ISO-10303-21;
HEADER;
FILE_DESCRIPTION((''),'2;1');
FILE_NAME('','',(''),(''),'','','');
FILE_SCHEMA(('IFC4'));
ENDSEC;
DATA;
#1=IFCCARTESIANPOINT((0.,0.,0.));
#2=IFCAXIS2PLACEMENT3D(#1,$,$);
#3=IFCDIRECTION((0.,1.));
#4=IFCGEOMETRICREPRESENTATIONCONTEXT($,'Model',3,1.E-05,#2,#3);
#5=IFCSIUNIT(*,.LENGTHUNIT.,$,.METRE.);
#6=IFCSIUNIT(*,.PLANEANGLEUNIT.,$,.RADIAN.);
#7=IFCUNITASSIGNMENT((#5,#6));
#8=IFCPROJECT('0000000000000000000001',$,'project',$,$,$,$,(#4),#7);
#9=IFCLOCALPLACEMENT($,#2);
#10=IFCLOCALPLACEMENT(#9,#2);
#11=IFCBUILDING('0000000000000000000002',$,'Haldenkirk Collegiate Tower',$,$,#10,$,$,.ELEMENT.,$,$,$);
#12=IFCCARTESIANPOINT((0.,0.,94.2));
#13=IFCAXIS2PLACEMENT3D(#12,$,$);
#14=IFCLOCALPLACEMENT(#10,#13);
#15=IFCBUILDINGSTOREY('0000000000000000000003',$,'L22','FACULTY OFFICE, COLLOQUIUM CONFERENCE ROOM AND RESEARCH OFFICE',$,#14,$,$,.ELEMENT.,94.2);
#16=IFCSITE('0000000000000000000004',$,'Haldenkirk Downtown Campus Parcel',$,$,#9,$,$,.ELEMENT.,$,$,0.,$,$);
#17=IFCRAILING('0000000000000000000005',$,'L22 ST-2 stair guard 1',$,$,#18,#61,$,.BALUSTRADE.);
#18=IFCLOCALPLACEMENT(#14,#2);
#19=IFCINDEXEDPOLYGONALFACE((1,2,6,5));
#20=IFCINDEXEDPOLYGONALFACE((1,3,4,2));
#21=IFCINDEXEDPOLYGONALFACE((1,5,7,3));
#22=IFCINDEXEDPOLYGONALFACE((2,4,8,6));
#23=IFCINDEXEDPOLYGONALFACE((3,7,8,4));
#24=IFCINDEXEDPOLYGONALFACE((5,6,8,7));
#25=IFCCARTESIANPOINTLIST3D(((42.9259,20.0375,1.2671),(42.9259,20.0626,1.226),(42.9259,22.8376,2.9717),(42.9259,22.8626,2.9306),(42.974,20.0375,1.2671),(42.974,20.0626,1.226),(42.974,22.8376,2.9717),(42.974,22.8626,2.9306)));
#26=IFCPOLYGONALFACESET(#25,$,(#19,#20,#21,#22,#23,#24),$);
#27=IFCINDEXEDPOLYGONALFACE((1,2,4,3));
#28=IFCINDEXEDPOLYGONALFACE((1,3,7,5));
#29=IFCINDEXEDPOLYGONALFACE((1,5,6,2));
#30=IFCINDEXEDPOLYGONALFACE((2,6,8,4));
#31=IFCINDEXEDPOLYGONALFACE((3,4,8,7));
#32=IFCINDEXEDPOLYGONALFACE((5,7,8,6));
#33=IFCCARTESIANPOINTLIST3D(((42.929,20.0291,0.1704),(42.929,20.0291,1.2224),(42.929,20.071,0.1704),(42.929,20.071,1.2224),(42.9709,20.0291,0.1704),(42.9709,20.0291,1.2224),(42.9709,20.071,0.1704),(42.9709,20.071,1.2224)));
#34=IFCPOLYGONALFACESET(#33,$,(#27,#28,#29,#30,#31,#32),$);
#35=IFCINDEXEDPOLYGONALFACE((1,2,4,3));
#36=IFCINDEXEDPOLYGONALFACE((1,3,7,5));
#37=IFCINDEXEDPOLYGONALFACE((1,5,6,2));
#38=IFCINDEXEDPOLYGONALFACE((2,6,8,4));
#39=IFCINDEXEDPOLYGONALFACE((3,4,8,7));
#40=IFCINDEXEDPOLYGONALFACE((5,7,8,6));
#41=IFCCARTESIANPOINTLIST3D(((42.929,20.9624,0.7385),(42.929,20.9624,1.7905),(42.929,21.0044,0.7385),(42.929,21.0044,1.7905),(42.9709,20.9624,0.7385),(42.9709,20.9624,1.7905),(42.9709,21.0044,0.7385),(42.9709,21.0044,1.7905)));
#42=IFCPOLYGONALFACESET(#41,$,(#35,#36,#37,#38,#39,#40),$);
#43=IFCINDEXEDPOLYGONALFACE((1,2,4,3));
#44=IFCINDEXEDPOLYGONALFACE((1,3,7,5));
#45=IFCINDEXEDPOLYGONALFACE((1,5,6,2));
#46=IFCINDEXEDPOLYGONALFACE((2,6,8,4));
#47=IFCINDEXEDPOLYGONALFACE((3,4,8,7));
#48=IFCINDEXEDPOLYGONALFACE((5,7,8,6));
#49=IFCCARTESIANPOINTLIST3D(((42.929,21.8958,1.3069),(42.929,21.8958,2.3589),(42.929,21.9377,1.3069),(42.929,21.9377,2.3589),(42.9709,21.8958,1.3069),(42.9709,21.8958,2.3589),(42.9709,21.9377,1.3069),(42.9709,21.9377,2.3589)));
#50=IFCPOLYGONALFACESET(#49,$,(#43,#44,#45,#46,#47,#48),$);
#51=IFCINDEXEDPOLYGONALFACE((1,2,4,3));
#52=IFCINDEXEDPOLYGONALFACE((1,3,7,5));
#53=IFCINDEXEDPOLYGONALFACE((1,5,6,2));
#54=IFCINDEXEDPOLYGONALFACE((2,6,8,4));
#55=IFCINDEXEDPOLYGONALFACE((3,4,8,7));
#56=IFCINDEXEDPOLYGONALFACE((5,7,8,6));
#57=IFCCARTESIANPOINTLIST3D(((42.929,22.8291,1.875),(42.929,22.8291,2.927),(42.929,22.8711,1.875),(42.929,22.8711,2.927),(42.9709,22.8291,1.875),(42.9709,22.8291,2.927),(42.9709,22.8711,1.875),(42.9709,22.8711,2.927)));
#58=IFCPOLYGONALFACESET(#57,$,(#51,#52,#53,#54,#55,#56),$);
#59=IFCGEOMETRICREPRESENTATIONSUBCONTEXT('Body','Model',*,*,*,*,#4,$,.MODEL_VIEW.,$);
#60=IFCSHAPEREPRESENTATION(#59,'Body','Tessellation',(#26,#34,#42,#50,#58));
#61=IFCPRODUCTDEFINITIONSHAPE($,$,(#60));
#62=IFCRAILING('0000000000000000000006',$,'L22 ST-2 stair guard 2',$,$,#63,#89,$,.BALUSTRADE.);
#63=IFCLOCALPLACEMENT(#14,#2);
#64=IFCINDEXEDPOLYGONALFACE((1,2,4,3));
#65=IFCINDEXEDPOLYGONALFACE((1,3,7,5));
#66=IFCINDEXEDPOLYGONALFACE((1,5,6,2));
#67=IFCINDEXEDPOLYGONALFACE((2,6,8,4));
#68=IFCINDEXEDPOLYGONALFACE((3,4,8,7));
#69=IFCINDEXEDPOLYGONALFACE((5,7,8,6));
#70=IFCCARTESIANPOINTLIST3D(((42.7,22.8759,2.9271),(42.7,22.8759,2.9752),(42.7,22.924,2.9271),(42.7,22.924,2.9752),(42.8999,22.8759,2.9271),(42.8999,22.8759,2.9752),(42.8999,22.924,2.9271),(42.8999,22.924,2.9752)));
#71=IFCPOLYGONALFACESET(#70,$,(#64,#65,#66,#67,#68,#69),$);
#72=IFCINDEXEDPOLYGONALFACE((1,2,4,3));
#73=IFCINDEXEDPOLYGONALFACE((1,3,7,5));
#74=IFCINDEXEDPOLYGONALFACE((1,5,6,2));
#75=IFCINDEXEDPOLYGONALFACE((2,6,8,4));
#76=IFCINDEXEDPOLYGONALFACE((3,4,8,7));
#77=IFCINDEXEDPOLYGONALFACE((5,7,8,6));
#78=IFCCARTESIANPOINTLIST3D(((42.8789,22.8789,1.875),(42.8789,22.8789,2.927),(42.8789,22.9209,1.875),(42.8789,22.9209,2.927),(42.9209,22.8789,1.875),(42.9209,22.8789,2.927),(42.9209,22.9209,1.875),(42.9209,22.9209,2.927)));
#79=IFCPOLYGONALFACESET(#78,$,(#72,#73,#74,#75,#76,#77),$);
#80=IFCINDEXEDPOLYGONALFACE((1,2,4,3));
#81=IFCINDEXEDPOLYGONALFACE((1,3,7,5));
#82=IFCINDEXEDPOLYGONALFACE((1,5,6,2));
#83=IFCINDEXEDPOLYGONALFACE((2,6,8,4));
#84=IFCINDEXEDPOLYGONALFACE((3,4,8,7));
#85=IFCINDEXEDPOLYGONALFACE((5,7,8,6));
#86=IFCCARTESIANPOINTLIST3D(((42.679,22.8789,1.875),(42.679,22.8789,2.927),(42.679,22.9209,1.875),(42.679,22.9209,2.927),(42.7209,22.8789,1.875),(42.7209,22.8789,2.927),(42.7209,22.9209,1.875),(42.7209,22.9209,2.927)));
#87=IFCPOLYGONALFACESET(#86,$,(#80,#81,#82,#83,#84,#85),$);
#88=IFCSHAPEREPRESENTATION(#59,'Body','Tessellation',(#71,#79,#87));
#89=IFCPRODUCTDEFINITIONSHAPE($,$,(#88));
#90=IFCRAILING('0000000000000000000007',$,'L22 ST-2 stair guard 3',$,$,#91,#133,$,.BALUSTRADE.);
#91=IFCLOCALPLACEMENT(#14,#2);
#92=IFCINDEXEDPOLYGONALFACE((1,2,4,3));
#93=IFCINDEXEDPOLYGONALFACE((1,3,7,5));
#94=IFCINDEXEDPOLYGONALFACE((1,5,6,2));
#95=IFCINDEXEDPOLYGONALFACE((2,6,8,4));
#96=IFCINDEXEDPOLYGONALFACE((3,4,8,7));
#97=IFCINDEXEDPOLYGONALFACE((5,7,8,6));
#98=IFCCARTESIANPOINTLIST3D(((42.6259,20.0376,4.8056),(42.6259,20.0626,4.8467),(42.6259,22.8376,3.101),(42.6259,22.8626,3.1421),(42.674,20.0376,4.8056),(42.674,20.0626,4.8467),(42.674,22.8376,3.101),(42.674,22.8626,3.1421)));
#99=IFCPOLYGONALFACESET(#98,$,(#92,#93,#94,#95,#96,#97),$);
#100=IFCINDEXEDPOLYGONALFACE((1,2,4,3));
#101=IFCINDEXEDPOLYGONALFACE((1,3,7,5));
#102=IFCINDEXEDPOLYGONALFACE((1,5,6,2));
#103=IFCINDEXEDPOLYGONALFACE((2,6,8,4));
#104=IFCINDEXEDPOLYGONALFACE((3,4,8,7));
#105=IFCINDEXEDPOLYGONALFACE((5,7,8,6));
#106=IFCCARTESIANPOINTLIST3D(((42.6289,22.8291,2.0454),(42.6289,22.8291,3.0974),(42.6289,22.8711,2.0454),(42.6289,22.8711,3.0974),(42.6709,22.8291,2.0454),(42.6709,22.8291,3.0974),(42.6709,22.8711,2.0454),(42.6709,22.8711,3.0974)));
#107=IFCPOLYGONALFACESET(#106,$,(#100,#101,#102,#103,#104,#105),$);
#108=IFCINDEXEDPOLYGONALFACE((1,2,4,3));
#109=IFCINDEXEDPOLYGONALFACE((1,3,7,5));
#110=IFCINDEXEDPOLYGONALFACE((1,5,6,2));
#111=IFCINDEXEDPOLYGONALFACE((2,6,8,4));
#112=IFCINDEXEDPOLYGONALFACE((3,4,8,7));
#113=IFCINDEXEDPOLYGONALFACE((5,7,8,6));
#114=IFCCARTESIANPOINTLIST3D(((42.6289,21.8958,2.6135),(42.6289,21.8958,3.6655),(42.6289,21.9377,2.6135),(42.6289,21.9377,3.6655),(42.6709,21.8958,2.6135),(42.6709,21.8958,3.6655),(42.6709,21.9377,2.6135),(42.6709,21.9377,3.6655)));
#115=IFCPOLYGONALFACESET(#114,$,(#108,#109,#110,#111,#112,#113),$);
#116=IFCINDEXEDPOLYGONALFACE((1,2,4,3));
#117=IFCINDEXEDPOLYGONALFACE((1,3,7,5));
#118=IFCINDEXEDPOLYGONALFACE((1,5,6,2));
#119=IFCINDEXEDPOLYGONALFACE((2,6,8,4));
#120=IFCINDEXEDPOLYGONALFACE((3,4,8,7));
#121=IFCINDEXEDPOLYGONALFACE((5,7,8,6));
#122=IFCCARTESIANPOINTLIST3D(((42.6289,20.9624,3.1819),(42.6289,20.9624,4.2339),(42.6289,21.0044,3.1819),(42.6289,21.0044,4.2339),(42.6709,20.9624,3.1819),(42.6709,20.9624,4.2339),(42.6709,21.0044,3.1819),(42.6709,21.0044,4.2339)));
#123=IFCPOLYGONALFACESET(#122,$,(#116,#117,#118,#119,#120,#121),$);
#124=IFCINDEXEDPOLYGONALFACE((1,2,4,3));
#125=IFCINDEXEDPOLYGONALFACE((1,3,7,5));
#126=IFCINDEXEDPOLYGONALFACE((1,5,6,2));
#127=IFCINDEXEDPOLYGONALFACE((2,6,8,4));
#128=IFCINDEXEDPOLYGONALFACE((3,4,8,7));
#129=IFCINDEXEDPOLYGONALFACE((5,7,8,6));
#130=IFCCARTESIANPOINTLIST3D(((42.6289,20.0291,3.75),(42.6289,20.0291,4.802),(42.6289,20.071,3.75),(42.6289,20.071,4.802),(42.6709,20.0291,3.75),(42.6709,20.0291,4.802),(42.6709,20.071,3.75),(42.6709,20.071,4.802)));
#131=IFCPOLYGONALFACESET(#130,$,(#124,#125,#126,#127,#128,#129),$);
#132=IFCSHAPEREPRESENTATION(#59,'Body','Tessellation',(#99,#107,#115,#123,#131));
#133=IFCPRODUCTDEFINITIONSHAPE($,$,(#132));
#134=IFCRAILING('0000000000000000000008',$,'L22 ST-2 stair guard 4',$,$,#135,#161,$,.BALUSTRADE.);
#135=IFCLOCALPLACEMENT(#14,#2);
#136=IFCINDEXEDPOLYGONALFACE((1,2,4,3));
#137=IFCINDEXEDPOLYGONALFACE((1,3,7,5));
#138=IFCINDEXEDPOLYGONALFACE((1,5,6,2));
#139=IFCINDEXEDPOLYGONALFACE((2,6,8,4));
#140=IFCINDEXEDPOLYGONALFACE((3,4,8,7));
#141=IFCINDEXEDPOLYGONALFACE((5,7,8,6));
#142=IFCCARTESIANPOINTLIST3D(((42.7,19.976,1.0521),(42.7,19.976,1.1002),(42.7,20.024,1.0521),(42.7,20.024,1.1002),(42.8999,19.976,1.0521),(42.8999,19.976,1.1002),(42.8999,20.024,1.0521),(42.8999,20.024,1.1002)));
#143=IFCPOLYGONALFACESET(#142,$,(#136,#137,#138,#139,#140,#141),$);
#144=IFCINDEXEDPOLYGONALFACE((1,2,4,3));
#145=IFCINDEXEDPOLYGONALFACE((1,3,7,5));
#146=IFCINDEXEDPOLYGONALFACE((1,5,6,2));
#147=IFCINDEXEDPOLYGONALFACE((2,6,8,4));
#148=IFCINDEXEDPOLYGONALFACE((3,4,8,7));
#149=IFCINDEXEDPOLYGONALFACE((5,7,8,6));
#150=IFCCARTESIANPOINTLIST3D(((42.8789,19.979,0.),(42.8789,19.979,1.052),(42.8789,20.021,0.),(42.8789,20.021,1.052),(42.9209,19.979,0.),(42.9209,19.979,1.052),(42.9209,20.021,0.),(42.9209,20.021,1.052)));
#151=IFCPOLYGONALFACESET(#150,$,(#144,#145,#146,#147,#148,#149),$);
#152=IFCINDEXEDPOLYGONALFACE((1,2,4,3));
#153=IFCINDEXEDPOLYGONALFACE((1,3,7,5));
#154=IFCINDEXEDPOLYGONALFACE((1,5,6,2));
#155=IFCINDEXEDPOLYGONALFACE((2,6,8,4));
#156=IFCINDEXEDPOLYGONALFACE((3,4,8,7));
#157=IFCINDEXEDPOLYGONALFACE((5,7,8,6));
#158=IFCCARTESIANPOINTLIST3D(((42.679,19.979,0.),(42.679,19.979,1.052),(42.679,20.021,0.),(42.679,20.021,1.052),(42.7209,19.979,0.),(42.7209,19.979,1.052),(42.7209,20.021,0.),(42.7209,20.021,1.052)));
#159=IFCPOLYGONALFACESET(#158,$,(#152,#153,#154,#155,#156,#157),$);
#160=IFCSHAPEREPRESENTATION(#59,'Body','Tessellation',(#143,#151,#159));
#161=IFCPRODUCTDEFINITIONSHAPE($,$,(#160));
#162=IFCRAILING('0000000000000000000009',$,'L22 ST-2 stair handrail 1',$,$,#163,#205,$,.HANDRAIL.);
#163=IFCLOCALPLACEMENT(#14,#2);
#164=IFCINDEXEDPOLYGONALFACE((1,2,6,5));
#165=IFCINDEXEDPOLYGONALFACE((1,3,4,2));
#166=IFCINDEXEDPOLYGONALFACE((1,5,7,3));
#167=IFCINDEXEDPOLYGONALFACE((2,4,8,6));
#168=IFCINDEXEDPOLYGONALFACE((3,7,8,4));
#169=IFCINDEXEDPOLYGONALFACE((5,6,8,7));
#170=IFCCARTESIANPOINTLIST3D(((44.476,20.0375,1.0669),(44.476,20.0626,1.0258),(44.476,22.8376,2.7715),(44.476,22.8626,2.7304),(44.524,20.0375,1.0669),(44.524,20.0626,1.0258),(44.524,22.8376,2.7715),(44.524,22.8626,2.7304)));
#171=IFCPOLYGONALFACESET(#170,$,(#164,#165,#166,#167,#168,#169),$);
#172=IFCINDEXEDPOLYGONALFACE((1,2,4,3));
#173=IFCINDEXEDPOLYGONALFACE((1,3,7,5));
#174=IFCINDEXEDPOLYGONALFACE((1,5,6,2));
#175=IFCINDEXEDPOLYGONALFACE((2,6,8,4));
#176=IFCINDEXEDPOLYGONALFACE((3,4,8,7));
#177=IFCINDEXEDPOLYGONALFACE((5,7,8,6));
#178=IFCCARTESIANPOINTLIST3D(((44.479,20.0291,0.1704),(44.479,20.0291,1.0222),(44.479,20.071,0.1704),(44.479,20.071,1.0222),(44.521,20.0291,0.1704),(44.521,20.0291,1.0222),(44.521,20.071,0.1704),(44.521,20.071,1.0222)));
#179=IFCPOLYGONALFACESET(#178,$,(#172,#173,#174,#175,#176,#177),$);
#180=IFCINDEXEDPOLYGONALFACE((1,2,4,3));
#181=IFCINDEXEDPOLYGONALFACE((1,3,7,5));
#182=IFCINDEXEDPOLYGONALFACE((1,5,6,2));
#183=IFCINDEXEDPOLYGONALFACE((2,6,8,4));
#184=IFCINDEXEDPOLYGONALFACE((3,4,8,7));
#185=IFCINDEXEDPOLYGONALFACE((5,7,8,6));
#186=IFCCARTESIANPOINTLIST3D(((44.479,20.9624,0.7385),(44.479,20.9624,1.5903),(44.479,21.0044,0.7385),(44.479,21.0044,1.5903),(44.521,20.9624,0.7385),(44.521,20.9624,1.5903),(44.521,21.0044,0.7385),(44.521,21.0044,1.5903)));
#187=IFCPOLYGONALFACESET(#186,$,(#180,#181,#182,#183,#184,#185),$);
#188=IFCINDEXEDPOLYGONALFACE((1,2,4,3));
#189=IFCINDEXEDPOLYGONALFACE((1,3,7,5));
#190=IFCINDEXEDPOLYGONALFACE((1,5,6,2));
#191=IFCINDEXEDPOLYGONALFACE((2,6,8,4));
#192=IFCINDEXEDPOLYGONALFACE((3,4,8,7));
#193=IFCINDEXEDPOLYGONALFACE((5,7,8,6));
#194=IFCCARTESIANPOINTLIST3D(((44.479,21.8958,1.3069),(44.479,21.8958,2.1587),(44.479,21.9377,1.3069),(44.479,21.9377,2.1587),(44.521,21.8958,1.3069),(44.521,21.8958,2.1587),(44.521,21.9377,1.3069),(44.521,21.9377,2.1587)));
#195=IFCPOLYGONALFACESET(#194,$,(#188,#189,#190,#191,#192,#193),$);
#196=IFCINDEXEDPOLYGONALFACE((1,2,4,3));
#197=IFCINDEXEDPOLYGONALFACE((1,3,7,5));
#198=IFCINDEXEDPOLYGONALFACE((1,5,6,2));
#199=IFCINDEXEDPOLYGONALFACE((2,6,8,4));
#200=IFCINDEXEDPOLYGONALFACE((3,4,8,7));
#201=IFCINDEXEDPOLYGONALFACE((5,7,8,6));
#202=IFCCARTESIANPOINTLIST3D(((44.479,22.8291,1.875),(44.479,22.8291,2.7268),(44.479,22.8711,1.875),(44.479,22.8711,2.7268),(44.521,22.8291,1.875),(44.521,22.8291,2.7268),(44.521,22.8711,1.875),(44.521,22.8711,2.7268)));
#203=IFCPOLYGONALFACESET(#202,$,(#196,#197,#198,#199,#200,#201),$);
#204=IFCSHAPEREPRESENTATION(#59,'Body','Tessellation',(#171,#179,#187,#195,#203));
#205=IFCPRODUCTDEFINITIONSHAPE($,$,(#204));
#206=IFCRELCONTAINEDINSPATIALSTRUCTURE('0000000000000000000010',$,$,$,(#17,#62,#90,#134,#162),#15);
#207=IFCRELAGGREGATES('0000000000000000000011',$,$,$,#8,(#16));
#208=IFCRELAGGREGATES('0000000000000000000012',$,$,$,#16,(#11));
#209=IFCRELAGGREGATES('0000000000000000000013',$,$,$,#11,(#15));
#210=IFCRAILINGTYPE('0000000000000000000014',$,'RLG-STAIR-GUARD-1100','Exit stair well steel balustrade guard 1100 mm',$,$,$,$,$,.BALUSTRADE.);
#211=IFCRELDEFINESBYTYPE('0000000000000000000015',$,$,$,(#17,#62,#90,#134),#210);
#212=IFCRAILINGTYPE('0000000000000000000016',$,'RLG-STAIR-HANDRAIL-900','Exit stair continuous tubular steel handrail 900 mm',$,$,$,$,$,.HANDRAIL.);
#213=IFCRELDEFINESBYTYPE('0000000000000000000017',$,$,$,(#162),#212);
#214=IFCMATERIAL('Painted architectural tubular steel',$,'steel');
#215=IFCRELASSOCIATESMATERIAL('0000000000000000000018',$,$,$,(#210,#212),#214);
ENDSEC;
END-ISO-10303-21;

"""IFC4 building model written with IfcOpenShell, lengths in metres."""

from ifc_helpers import new_model, si_unit, direction, frame, origin, origin_2d, place, context, subcontext, project, spatial, rectangle, extrude, material, type_object, element, save


model = new_model("IFC4")

# Units and contexts
model_context = context("Model", 3, precision=1e-05, world=origin(), true_north=direction((0.0, 1.0)))
body_context = subcontext(model_context, "Body", "Model", "MODEL_VIEW")
ifc_project = project(units=[si_unit("LENGTHUNIT", "METRE"), si_unit("PLANEANGLEUNIT", "RADIAN")], contexts=[model_context])

# Site, building, storey
site_placement = place(None, origin())
site = spatial("IfcSite", under=ifc_project, at=site_placement, Name="Haldenkirk Downtown Campus Parcel", CompositionType="ELEMENT", RefElevation=0.0)
building_placement = place(site_placement, origin())
building = spatial("IfcBuilding", under=site, at=building_placement, Name="Haldenkirk Collegiate Tower", CompositionType="ELEMENT")
storey_placement = place(building_placement, frame((0.0, 0.0, 94.2)))
storey = spatial("IfcBuildingStorey", under=building, at=storey_placement, Name="L22", Description="FACULTY OFFICE, COLLOQUIUM CONFERENCE ROOM AND RESEARCH OFFICE", CompositionType="ELEMENT", Elevation=94.2)

# Railings
ifc_material_1 = material(Name="Painted architectural tubular steel", Category="steel")
railing_type_1 = type_object("IfcRailingType", Name="RLG-STAIR-GUARD-1100", Description="Exit stair well steel balustrade guard 1100 mm", PredefinedType="BALUSTRADE", material=ifc_material_1)
railing_1_placement = place(storey_placement, frame((42.95, 20.05, 0.1704)))
element("IfcRailing", 1, at=railing_1_placement, inside=storey, type_object=railing_type_1, Name="L22 ST-2 stair guard 1", PredefinedType="BALUSTRADE", context=body_context, shape_type="SweptSolid", body=[
    extrude(rectangle(XDim=0.0481, YDim=0.0481, at=origin_2d()), frame((0.0, 0.0, 1.0762), z_axis=(0.0, 0.85417, 0.519994), x_axis=(-1.0, 0.0, 0.0)), (0.0, 0.0, 1.0), 3.2781),
    extrude(rectangle(XDim=0.042, YDim=0.042, at=origin_2d()), origin(), (0.0, 0.0, 1.0), 1.052),
    extrude(rectangle(XDim=0.042, YDim=0.042, at=origin_2d()), frame((0.0, 0.9333, 0.5681)), (0.0, 0.0, 1.0), 1.052),
    extrude(rectangle(XDim=0.042, YDim=0.042, at=origin_2d()), frame((0.0, 1.8667, 1.1365)), (0.0, 0.0, 1.0), 1.052),
    extrude(rectangle(XDim=0.042, YDim=0.042, at=origin_2d()), frame((0.0, 2.8, 1.7046)), (0.0, 0.0, 1.0), 1.052),
])
railing_2_placement = place(storey_placement, frame((42.8999, 22.8999, 1.875)))
element("IfcRailing", 2, at=railing_2_placement, inside=storey, type_object=railing_type_1, Name="L22 ST-2 stair guard 2", PredefinedType="BALUSTRADE", context=body_context, shape_type="SweptSolid", body=[
    extrude(rectangle(XDim=0.0481, YDim=0.0481, at=origin_2d()), frame((0.0, 0.0, 1.0762), z_axis=(-1.0, 0.0, 0.0), x_axis=(0.0, -1.0, 0.0)), (0.0, 0.0, 1.0), 0.2),
    extrude(rectangle(XDim=0.042, YDim=0.042, at=origin_2d()), origin(), (0.0, 0.0, 1.0), 1.052),
    extrude(rectangle(XDim=0.042, YDim=0.042, at=origin_2d()), frame((-0.2, 0.0, 0.0)), (0.0, 0.0, 1.0), 1.052),
])
railing_3_placement = place(storey_placement, frame((42.6499, 22.8501, 2.0454)))
element("IfcRailing", 3, at=railing_3_placement, inside=storey, type_object=railing_type_1, Name="L22 ST-2 stair guard 3", PredefinedType="BALUSTRADE", context=body_context, shape_type="SweptSolid", body=[
    extrude(rectangle(XDim=0.0481, YDim=0.0481, at=origin_2d()), frame((0.0, 0.0, 1.0762), z_axis=(0.0, -0.85417, 0.519994), x_axis=(1.0, 0.0, 0.0)), (0.0, 0.0, 1.0), 3.2781),
    extrude(rectangle(XDim=0.042, YDim=0.042, at=origin_2d()), origin(), (0.0, 0.0, 1.0), 1.052),
    extrude(rectangle(XDim=0.042, YDim=0.042, at=origin_2d()), frame((0.0, -0.9333, 0.5681)), (0.0, 0.0, 1.0), 1.052),
    extrude(rectangle(XDim=0.042, YDim=0.042, at=origin_2d()), frame((0.0, -1.8667, 1.1365)), (0.0, 0.0, 1.0), 1.052),
    extrude(rectangle(XDim=0.042, YDim=0.042, at=origin_2d()), frame((0.0, -2.8, 1.7046)), (0.0, 0.0, 1.0), 1.052),
])
railing_4_placement = place(storey_placement, frame((42.8999, 20.0, 0.0)))
element("IfcRailing", 4, at=railing_4_placement, inside=storey, type_object=railing_type_1, Name="L22 ST-2 stair guard 4", PredefinedType="BALUSTRADE", context=body_context, shape_type="SweptSolid", body=[
    extrude(rectangle(XDim=0.0481, YDim=0.0481, at=origin_2d()), frame((0.0, 0.0, 1.0762), z_axis=(-1.0, 0.0, 0.0), x_axis=(0.0, -1.0, 0.0)), (0.0, 0.0, 1.0), 0.2),
    extrude(rectangle(XDim=0.042, YDim=0.042, at=origin_2d()), origin(), (0.0, 0.0, 1.0), 1.052),
    extrude(rectangle(XDim=0.042, YDim=0.042, at=origin_2d()), frame((-0.2, 0.0, 0.0)), (0.0, 0.0, 1.0), 1.052),
])
railing_type_2 = type_object("IfcRailingType", Name="RLG-STAIR-HANDRAIL-900", Description="Exit stair continuous tubular steel handrail 900 mm", PredefinedType="HANDRAIL", material=ifc_material_1)
railing_5_placement = place(storey_placement, frame((44.5, 20.05, 0.1704)))
element("IfcRailing", 5, at=railing_5_placement, inside=storey, type_object=railing_type_2, Name="L22 ST-2 stair handrail 1", PredefinedType="HANDRAIL", context=body_context, shape_type="SweptSolid", body=[
    extrude(rectangle(XDim=0.0481, YDim=0.0481, at=origin_2d()), frame((0.0, 0.0, 0.876), z_axis=(0.0, 0.85417, 0.519994), x_axis=(-1.0, 0.0, 0.0)), (0.0, 0.0, 1.0), 3.2781),
    extrude(rectangle(XDim=0.042, YDim=0.042, at=origin_2d()), origin(), (0.0, 0.0, 1.0), 0.8518),
    extrude(rectangle(XDim=0.042, YDim=0.042, at=origin_2d()), frame((0.0, 0.9333, 0.5681)), (0.0, 0.0, 1.0), 0.8518),
    extrude(rectangle(XDim=0.042, YDim=0.042, at=origin_2d()), frame((0.0, 1.8667, 1.1365)), (0.0, 0.0, 1.0), 0.8518),
    extrude(rectangle(XDim=0.042, YDim=0.042, at=origin_2d()), frame((0.0, 2.8, 1.7046)), (0.0, 0.0, 1.0), 0.8518),
])

save(model, "model.ifc")
